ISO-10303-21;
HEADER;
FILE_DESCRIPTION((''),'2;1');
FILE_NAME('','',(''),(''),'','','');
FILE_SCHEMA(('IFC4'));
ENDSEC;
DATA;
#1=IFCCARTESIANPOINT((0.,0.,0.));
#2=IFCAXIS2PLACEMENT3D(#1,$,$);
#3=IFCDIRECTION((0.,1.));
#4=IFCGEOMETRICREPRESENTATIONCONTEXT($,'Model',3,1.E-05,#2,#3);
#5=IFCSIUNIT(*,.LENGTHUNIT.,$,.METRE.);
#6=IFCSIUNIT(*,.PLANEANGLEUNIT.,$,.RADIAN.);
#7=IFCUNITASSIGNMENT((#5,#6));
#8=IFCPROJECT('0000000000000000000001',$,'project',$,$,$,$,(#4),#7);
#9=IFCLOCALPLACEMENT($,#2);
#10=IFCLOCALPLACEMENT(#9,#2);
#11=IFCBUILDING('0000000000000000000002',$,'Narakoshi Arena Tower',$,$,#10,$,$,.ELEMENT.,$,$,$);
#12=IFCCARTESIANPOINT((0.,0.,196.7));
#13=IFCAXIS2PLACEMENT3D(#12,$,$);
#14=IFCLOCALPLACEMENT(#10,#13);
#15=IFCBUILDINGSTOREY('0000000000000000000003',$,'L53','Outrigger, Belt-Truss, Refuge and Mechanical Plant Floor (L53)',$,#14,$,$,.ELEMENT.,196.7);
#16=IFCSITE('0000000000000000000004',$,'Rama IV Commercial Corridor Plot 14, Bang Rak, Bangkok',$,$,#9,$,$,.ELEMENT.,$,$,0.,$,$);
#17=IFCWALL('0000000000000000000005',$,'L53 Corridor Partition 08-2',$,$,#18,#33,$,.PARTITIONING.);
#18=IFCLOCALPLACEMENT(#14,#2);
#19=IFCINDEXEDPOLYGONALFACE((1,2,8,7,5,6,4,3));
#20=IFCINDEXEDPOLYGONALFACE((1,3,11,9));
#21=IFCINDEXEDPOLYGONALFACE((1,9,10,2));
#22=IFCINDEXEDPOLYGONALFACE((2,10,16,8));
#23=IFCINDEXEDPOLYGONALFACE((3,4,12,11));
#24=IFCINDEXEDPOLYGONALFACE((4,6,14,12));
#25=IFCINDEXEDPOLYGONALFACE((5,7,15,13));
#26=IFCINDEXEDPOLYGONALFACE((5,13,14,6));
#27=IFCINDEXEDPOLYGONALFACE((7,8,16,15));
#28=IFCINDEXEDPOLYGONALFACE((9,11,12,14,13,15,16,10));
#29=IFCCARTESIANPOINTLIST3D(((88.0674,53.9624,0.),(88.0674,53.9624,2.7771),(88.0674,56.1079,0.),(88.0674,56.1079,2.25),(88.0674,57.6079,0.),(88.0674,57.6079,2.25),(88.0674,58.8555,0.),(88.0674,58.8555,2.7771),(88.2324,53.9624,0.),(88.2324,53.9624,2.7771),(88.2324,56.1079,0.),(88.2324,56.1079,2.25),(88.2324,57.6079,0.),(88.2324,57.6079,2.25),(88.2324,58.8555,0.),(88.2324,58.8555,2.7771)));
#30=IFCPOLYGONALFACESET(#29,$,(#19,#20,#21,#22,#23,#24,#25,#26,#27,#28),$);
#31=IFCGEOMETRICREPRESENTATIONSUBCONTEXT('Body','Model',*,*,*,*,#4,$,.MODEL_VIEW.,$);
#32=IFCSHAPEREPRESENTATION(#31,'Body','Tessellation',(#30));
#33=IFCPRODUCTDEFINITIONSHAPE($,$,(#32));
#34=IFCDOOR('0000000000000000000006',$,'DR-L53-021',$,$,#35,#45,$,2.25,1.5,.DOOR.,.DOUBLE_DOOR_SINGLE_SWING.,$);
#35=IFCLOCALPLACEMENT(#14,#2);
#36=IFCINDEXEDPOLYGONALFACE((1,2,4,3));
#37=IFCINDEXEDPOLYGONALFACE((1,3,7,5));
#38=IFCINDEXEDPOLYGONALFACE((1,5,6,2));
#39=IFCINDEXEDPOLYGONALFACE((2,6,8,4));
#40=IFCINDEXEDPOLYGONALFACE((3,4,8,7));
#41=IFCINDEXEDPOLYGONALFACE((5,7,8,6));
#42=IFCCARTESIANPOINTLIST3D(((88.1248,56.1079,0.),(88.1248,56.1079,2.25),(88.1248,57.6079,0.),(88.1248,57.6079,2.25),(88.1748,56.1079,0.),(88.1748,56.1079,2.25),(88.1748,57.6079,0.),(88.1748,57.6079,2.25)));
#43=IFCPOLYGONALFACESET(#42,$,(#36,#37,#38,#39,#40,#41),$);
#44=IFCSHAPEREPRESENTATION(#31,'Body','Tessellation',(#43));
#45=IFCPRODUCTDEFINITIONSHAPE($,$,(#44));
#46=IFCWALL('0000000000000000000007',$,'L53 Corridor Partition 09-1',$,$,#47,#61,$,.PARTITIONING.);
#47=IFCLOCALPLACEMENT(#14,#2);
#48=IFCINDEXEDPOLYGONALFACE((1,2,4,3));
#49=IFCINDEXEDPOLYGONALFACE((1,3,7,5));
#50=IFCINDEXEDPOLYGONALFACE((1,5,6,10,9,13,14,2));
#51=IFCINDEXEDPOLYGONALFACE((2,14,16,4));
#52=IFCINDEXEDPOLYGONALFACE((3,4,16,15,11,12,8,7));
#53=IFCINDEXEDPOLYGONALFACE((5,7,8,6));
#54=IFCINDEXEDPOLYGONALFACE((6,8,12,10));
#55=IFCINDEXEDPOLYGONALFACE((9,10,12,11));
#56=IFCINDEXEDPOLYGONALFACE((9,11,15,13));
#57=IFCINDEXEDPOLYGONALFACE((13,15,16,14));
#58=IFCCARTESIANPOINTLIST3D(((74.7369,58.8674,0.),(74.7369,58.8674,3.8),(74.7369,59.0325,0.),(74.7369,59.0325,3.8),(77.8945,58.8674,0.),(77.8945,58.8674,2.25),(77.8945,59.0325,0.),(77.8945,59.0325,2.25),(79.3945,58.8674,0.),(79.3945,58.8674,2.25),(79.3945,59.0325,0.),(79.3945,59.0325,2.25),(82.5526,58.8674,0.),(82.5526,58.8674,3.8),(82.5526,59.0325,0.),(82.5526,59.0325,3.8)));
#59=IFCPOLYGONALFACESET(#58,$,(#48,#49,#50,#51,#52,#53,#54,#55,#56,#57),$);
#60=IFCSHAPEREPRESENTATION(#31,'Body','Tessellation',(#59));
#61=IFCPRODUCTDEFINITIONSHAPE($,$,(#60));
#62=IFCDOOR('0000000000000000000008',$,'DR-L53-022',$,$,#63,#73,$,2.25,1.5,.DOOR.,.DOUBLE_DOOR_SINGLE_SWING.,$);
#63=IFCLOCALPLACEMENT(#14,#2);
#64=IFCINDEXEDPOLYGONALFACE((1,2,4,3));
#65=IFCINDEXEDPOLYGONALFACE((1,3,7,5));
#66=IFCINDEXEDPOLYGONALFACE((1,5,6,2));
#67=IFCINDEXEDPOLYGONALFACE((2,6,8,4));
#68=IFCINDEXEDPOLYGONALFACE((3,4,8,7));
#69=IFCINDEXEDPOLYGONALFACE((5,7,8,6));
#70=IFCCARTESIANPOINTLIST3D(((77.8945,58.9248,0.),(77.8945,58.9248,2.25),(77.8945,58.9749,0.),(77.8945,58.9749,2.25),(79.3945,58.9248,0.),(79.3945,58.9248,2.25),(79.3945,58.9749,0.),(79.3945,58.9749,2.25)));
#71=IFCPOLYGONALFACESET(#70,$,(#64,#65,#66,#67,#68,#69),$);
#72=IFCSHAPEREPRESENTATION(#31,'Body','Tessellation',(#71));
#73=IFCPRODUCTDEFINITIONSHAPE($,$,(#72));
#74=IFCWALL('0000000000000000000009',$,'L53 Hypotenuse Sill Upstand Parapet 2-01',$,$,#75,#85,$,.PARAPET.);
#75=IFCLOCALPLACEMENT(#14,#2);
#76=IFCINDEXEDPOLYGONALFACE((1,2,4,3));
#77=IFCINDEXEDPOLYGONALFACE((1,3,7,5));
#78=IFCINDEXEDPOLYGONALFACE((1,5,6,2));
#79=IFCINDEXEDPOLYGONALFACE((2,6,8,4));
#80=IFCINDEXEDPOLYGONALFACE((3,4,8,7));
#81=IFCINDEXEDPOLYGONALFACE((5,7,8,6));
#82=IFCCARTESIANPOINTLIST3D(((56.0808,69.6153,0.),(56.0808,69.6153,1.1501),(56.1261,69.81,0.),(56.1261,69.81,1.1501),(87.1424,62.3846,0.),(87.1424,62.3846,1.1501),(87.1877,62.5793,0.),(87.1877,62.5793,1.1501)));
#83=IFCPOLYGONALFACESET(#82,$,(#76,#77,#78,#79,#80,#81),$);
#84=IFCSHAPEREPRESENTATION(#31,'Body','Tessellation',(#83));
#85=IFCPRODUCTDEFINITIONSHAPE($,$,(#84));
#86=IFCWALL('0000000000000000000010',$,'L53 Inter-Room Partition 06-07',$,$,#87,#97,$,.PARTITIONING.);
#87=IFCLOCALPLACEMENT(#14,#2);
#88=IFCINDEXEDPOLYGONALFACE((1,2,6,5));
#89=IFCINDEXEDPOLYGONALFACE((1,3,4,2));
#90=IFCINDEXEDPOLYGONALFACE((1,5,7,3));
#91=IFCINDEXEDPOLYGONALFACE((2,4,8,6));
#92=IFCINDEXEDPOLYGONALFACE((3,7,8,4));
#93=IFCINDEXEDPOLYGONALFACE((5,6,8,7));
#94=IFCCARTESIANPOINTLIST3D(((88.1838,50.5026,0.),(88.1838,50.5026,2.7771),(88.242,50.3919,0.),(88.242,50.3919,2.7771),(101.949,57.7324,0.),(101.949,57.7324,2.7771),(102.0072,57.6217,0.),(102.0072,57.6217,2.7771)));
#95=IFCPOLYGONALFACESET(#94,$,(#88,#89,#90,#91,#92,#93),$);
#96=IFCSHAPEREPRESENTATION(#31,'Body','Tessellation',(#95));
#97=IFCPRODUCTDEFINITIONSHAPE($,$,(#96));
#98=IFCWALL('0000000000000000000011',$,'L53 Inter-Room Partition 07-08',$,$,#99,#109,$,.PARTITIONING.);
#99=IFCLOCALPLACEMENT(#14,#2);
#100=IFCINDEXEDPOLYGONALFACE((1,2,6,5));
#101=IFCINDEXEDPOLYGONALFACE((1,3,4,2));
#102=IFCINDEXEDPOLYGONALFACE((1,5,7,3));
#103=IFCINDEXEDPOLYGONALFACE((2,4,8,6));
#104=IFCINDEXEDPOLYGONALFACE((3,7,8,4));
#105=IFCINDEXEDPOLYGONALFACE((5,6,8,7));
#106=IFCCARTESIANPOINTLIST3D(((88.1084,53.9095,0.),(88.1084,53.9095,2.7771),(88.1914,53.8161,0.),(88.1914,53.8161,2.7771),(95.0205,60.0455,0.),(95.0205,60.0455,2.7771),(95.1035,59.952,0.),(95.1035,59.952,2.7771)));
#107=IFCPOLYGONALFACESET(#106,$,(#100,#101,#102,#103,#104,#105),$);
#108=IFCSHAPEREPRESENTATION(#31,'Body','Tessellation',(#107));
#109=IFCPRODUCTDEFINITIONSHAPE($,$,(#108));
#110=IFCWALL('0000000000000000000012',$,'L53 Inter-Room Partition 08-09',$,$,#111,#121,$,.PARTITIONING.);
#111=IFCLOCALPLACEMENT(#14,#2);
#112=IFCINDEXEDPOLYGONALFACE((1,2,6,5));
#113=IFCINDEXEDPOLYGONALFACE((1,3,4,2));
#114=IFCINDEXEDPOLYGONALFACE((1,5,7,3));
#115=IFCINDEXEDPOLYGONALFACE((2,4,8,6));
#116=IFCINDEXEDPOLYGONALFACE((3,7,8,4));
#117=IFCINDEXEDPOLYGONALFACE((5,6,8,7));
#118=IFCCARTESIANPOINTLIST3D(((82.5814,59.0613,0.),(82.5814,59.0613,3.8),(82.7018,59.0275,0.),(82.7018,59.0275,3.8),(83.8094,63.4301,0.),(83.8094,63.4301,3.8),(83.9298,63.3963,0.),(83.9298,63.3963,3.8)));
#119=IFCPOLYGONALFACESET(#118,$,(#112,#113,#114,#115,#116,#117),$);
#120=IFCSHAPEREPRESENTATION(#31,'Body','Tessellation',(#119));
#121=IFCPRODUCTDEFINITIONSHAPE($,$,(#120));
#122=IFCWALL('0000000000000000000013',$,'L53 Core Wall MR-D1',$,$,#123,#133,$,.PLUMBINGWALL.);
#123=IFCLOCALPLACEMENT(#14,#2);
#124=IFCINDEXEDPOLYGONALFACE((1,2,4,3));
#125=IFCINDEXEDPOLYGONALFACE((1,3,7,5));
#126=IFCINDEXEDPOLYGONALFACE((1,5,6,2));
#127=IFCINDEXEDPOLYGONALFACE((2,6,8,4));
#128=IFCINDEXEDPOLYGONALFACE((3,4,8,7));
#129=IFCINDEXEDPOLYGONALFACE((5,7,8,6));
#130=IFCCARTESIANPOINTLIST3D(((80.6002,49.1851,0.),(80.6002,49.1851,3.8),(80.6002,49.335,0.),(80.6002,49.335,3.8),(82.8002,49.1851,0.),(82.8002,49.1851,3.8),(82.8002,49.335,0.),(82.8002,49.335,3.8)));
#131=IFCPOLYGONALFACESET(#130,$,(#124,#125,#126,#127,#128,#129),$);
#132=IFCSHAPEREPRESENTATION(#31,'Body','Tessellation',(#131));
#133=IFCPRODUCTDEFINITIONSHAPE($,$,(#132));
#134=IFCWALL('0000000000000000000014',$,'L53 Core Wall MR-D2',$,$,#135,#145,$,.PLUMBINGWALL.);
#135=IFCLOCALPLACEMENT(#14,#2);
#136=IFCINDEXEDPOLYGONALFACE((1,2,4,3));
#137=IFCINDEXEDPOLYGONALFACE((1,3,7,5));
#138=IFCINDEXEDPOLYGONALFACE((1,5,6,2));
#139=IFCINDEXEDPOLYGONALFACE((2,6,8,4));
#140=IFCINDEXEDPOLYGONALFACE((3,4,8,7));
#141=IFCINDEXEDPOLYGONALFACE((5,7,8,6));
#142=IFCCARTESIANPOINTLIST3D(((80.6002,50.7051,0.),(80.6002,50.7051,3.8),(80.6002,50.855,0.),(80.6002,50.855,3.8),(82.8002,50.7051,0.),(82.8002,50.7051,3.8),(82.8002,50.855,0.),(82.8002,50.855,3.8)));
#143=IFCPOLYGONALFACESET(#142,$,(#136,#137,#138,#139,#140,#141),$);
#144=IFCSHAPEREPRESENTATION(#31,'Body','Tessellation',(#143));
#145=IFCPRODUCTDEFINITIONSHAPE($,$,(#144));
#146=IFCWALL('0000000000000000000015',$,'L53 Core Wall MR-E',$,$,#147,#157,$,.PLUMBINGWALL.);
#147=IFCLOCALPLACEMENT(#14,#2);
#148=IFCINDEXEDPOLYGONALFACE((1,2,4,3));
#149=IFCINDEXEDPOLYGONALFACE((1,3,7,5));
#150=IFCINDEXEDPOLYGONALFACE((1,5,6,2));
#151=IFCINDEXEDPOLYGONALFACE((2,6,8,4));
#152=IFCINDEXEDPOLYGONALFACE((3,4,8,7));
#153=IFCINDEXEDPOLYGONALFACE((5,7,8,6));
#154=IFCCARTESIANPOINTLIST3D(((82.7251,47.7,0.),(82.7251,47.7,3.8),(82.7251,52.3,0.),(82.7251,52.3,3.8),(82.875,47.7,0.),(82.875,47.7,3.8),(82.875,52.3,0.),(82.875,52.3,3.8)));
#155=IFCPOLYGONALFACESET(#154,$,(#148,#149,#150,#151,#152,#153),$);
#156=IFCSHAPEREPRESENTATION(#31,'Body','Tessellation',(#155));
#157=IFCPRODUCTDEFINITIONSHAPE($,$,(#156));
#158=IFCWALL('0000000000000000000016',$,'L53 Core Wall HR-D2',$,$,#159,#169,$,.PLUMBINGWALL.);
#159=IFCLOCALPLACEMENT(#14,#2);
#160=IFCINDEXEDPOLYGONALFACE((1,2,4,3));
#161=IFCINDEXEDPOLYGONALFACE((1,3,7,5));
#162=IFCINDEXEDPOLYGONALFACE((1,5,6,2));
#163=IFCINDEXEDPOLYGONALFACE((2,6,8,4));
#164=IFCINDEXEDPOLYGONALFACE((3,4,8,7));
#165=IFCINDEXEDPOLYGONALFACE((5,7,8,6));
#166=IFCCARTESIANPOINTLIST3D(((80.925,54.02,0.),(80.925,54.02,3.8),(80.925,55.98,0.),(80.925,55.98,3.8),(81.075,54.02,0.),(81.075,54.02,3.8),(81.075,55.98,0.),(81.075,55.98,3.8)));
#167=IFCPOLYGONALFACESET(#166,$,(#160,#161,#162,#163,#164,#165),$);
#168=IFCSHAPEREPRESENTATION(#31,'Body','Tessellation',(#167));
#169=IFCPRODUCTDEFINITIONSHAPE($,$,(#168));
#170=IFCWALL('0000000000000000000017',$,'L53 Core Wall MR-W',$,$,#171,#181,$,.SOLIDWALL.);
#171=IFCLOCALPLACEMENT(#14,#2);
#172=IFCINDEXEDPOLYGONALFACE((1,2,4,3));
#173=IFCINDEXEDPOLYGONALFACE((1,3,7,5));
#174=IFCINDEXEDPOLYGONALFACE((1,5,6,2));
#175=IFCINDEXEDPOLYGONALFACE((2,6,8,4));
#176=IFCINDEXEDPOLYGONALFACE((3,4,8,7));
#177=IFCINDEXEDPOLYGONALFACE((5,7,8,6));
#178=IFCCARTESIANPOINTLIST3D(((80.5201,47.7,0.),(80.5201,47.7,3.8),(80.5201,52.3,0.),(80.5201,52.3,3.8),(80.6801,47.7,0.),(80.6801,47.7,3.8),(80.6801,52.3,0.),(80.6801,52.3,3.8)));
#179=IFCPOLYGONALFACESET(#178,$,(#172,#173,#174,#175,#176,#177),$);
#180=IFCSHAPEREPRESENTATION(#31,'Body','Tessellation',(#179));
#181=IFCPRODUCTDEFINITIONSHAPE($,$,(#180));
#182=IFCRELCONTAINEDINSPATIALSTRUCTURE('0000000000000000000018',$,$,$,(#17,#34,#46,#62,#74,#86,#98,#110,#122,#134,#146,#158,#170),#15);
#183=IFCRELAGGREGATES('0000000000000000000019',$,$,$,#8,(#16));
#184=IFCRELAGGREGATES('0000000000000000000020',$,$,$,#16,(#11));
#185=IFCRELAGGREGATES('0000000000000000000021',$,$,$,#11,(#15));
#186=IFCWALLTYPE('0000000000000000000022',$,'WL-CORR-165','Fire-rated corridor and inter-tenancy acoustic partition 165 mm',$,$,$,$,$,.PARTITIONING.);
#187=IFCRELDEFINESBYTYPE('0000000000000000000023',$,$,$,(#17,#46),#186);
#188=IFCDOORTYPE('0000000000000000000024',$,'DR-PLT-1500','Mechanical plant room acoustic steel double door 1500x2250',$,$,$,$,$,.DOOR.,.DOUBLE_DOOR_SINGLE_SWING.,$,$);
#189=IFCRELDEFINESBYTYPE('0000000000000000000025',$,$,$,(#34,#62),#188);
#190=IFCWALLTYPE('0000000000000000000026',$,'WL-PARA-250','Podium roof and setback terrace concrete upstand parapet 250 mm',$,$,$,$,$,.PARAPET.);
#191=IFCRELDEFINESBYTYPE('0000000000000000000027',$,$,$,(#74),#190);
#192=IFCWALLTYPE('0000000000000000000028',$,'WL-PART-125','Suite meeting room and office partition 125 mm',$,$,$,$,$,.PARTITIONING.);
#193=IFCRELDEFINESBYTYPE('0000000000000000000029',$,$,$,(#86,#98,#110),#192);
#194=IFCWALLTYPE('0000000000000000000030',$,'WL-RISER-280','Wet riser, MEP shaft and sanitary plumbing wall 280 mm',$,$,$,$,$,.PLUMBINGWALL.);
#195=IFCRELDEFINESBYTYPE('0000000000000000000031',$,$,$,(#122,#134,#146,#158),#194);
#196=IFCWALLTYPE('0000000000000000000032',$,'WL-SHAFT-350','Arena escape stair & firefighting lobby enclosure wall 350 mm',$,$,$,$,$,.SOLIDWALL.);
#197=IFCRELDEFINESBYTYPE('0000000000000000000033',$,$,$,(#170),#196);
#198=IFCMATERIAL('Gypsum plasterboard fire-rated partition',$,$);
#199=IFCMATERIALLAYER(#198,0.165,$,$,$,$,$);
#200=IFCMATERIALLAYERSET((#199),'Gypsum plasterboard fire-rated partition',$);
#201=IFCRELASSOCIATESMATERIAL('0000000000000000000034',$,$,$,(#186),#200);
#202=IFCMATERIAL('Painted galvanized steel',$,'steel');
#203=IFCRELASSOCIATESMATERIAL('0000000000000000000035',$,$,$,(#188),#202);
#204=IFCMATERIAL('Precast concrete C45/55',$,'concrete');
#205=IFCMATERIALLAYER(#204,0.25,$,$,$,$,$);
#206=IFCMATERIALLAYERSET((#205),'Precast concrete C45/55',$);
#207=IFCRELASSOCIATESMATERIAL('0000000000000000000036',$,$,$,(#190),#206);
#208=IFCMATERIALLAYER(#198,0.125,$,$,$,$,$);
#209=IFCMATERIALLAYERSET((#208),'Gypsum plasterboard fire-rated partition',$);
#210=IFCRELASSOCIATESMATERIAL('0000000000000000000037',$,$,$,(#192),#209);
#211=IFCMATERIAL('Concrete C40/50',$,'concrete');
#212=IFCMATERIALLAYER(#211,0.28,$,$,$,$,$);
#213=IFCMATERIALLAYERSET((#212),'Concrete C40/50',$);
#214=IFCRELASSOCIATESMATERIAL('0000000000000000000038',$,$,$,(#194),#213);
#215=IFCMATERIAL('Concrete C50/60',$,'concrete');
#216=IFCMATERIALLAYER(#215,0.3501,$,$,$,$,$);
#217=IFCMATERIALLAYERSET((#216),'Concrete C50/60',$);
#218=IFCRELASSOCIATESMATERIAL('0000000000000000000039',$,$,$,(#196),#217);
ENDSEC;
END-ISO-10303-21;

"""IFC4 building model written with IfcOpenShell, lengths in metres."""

from ifc_helpers import new_model, si_unit, direction, frame, frame_2d, origin, place, context, subcontext, project, spatial, rectangle, extrude, material, layer, layer_set, type_object, element, fill, save


model = new_model("IFC4")

# Units and contexts
model_context = context("Model", 3, precision=1e-05, world=origin(), true_north=direction((0.0, 1.0)))
body_context = subcontext(model_context, "Body", "Model", "MODEL_VIEW")
ifc_project = project(units=[si_unit("LENGTHUNIT", "METRE"), si_unit("PLANEANGLEUNIT", "RADIAN")], contexts=[model_context])

# Site, building, storey
site_placement = place(None, origin())
site = spatial("IfcSite", under=ifc_project, at=site_placement, Name="Rama IV Commercial Corridor Plot 14, Bang Rak, Bangkok", CompositionType="ELEMENT", RefElevation=0.0)
building_placement = place(site_placement, origin())
building = spatial("IfcBuilding", under=site, at=building_placement, Name="Narakoshi Arena Tower", CompositionType="ELEMENT")
storey_placement = place(building_placement, frame((0.0, 0.0, 196.7)))
storey = spatial("IfcBuildingStorey", under=building, at=storey_placement, Name="L53", Description="Outrigger, Belt-Truss, Refuge and Mechanical Plant Floor (L53)", CompositionType="ELEMENT", Elevation=196.7)

# Shared definitions
ifc_material_1 = material(Name="Concrete C50/60", Category="concrete")

# Shared definitions
ifc_material_2 = material(Name="Gypsum plasterboard fire-rated partition")
ifc_layer_1 = layer(ifc_material_2, 0.165)
ifc_layer_set_1 = layer_set([ifc_layer_1], Name="Gypsum plasterboard fire-rated partition")
wall_type_1 = type_object("IfcWallType", Name="WL-CORR-165", Description="Fire-rated corridor and inter-tenancy acoustic partition 165 mm", PredefinedType="PARTITIONING", material=ifc_layer_set_1)
ifc_material_3 = material(Name="Painted galvanized steel", Category="steel")
door_type = type_object("IfcDoorType", Name="DR-PLT-1500", Description="Mechanical plant room acoustic steel double door 1500x2250", OperationType="DOUBLE_DOOR_SINGLE_SWING", PredefinedType="DOOR", material=ifc_material_3)

# Walls, openings, doors
wall_1_placement = place(storey_placement, frame((88.1499, 53.9624, 0.0), z_axis=(0.0, 0.0, 1.0), x_axis=(0.0, 1.0, 0.0)))
wall_1 = element("IfcWall", 1, at=wall_1_placement, inside=storey, type_object=wall_type_1, Name="L53 Corridor Partition 08-2", PredefinedType="PARTITIONING", context=body_context, shape_type="SweptSolid", body=[
    extrude(rectangle(XDim=4.8931, YDim=0.165, at=frame_2d((2.4465, 0.0))), origin(), (0.0, 0.0, 1.0), 2.7771),
])
opening_1_placement = place(wall_1_placement, frame((2.1455, 0.0, 0.0)))
opening_1 = element("IfcOpeningElement", 2, at=opening_1_placement, cuts=wall_1, PredefinedType="OPENING", context=body_context, shape_type="SweptSolid", body=[
    extrude(rectangle(XDim=1.5, YDim=2.25, at=frame_2d((0.75, 1.125))), frame((0.0, 0.0925, 0.0), z_axis=(0.0, -1.0, 0.0), x_axis=(1.0, 0.0, 0.0)), (0.0, 0.0, 1.0), 0.1851),
])
door_1_placement = place(opening_1_placement, frame((1.5, 0.0, 0.0), z_axis=(0.0, 0.0, 1.0), x_axis=(-1.0, 0.0, 0.0)))
door_1 = element("IfcDoor", 3, at=door_1_placement, inside=storey, type_object=door_type, Name="DR-L53-021", OperationType="DOUBLE_DOOR_SINGLE_SWING", OverallHeight=2.25, OverallWidth=1.5, PredefinedType="DOOR", context=body_context, shape_type="SweptSolid", body=[
    extrude(rectangle(XDim=1.5, YDim=2.25, at=frame_2d((0.75, 1.125))), frame((0.0, 0.0249, 0.0), z_axis=(0.0, -1.0, 0.0), x_axis=(1.0, 0.0, 0.0)), (0.0, 0.0, 1.0), 0.05),
])
fill(opening_1, door_1)
wall_2_placement = place(storey_placement, frame((82.5525, 58.95, 0.0), z_axis=(0.0, 0.0, 1.0), x_axis=(-1.0, 0.0, 0.0)))
wall_2 = element("IfcWall", 4, at=wall_2_placement, inside=storey, type_object=wall_type_1, Name="L53 Corridor Partition 09-1", PredefinedType="PARTITIONING", context=body_context, shape_type="SweptSolid", body=[
    extrude(rectangle(XDim=7.8157, YDim=0.165, at=frame_2d((3.9077, 0.0))), origin(), (0.0, 0.0, 1.0), 3.8),
])
opening_2_placement = place(wall_2_placement, frame((3.158, 0.0, 0.0)))
opening_2 = element("IfcOpeningElement", 5, at=opening_2_placement, cuts=wall_2, PredefinedType="OPENING", context=body_context, shape_type="SweptSolid", body=[
    extrude(rectangle(XDim=1.5, YDim=2.25, at=frame_2d((0.75, 1.125))), frame((0.0, 0.0925, 0.0), z_axis=(0.0, -1.0, 0.0), x_axis=(1.0, 0.0, 0.0)), (0.0, 0.0, 1.0), 0.1851),
])
door_2_placement = place(opening_2_placement, frame((1.5, 0.0, 0.0), z_axis=(0.0, 0.0, 1.0), x_axis=(-1.0, 0.0, 0.0)))
door_2 = element("IfcDoor", 6, at=door_2_placement, inside=storey, type_object=door_type, Name="DR-L53-022", OperationType="DOUBLE_DOOR_SINGLE_SWING", OverallHeight=2.25, OverallWidth=1.5, PredefinedType="DOOR", context=body_context, shape_type="SweptSolid", body=[
    extrude(rectangle(XDim=1.5, YDim=2.25, at=frame_2d((0.75, 1.125))), frame((0.0, 0.0249, 0.0), z_axis=(0.0, -1.0, 0.0), x_axis=(1.0, 0.0, 0.0)), (0.0, 0.0, 1.0), 0.05),
])
fill(opening_2, door_2)

# Walls
ifc_material_4 = material(Name="Precast concrete C45/55", Category="concrete")
ifc_layer_2 = layer(ifc_material_4, 0.25)
ifc_layer_set_2 = layer_set([ifc_layer_2], Name="Precast concrete C45/55")
wall_type_2 = type_object("IfcWallType", Name="WL-PARA-250", Description="Podium roof and setback terrace concrete upstand parapet 250 mm", PredefinedType="PARAPET", material=ifc_layer_set_2)
wall_3_placement = place(storey_placement, frame((87.165, 62.4819, 0.0), z_axis=(0.0, 0.0, 1.0), x_axis=(-0.973959, 0.226725, 0.0)))
element("IfcWall", 7, at=wall_3_placement, inside=storey, type_object=wall_type_2, Name="L53 Hypotenuse Sill Upstand Parapet 2-01", PredefinedType="PARAPET", context=body_context, shape_type="SweptSolid", body=[
    extrude(rectangle(XDim=31.8921, YDim=0.2, at=frame_2d((15.946, 0.0))), origin(), (0.0, 0.0, 1.0), 1.1501),
])
ifc_layer_3 = layer(ifc_material_2, 0.125)
ifc_layer_set_3 = layer_set([ifc_layer_3], Name="Gypsum plasterboard fire-rated partition")
wall_type_3 = type_object("IfcWallType", Name="WL-PART-125", Description="Suite meeting room and office partition 125 mm", PredefinedType="PARTITIONING", material=ifc_layer_set_3)
wall_4_placement = place(storey_placement, frame((88.2129, 50.4473, 0.0), z_axis=(0.0, 0.0, 1.0), x_axis=(0.885317, 0.464987, 0.0)))
element("IfcWall", 8, at=wall_4_placement, inside=storey, type_object=wall_type_3, Name="L53 Inter-Room Partition 06-07", PredefinedType="PARTITIONING", context=body_context, shape_type="SweptSolid", body=[
    extrude(rectangle(XDim=15.5483, YDim=0.125, at=frame_2d((7.7742, 0.0))), origin(), (0.0, 0.0, 1.0), 2.7771),
])
wall_5_placement = place(storey_placement, frame((88.1499, 53.8628, 0.0), z_axis=(0.0, 0.0, 1.0), x_axis=(0.747845, 0.663873, 0.0)))
element("IfcWall", 9, at=wall_5_placement, inside=storey, type_object=wall_type_3, Name="L53 Inter-Room Partition 07-08", PredefinedType="PARTITIONING", context=body_context, shape_type="SweptSolid", body=[
    extrude(rectangle(XDim=9.2427, YDim=0.125, at=frame_2d((4.6213, 0.0))), origin(), (0.0, 0.0, 1.0), 2.7771),
])
wall_6_placement = place(storey_placement, frame((82.6416, 59.0444, 0.0), z_axis=(0.0, 0.0, 1.0), x_axis=(0.270598, 0.962693, 0.0)))
element("IfcWall", 10, at=wall_6_placement, inside=storey, type_object=wall_type_3, Name="L53 Inter-Room Partition 08-09", PredefinedType="PARTITIONING", context=body_context, shape_type="SweptSolid", body=[
    extrude(rectangle(XDim=4.5381, YDim=0.125, at=frame_2d((2.269, 0.0))), origin(), (0.0, 0.0, 1.0), 3.8),
])
ifc_material_5 = material(Name="Concrete C40/50", Category="concrete")
ifc_layer_4 = layer(ifc_material_5, 0.28)
ifc_layer_set_4 = layer_set([ifc_layer_4], Name="Concrete C40/50")
wall_type_4 = type_object("IfcWallType", Name="WL-RISER-280", Description="Wet riser, MEP shaft and sanitary plumbing wall 280 mm", PredefinedType="PLUMBINGWALL", material=ifc_layer_set_4)
for number, where, z_axis, x_axis, name in (
    (11, (80.6001, 49.26, 0.0), (0.0, 0.0, 1.0), (1.0, 0.0, 0.0), "L53 Core Wall MR-D1"),
    (12, (80.6001, 50.78, 0.0), (0.0, 0.0, 1.0), (1.0, 0.0, 0.0), "L53 Core Wall MR-D2"),
):
    element("IfcWall", number, at=place(storey_placement, frame(where, z_axis=z_axis, x_axis=x_axis)), inside=storey, type_object=wall_type_4, Name=name, PredefinedType="PLUMBINGWALL", context=body_context, shape_type="SweptSolid", body=[
        extrude(rectangle(XDim=2.2, YDim=0.1499, at=frame_2d((1.1001, 0.0))), origin(), (0.0, 0.0, 1.0), 3.8),
    ])
wall_7_placement = place(storey_placement, frame((82.8, 47.7, 0.0), z_axis=(0.0, 0.0, 1.0), x_axis=(0.0, 1.0, 0.0)))
element("IfcWall", 13, at=wall_7_placement, inside=storey, type_object=wall_type_4, Name="L53 Core Wall MR-E", PredefinedType="PLUMBINGWALL", context=body_context, shape_type="SweptSolid", body=[
    extrude(rectangle(XDim=4.6001, YDim=0.1499, at=frame_2d((2.3, 0.0))), origin(), (0.0, 0.0, 1.0), 3.8),
])
wall_8_placement = place(storey_placement, frame((81.0, 54.02, 0.0), z_axis=(0.0, 0.0, 1.0), x_axis=(0.0, 1.0, 0.0)))
element("IfcWall", 14, at=wall_8_placement, inside=storey, type_object=wall_type_4, Name="L53 Core Wall HR-D2", PredefinedType="PLUMBINGWALL", context=body_context, shape_type="SweptSolid", body=[
    extrude(rectangle(XDim=1.96, YDim=0.1499, at=frame_2d((0.98, 0.0))), origin(), (0.0, 0.0, 1.0), 3.8),
])
ifc_layer_5 = layer(ifc_material_1, 0.3501)
ifc_layer_set_5 = layer_set([ifc_layer_5], Name="Concrete C50/60")
wall_type_5 = type_object("IfcWallType", Name="WL-SHAFT-350", Description="Arena escape stair & firefighting lobby enclosure wall 350 mm", PredefinedType="SOLIDWALL", material=ifc_layer_set_5)
wall_9_placement = place(storey_placement, frame((80.6001, 47.7, 0.0), z_axis=(0.0, 0.0, 1.0), x_axis=(0.0, 1.0, 0.0)))
element("IfcWall", 15, at=wall_9_placement, inside=storey, type_object=wall_type_5, Name="L53 Core Wall MR-W", PredefinedType="SOLIDWALL", context=body_context, shape_type="SweptSolid", body=[
    extrude(rectangle(XDim=4.6001, YDim=0.1599, at=frame_2d((2.3, 0.0))), origin(), (0.0, 0.0, 1.0), 3.8),
])

save(model, "model.ifc")
